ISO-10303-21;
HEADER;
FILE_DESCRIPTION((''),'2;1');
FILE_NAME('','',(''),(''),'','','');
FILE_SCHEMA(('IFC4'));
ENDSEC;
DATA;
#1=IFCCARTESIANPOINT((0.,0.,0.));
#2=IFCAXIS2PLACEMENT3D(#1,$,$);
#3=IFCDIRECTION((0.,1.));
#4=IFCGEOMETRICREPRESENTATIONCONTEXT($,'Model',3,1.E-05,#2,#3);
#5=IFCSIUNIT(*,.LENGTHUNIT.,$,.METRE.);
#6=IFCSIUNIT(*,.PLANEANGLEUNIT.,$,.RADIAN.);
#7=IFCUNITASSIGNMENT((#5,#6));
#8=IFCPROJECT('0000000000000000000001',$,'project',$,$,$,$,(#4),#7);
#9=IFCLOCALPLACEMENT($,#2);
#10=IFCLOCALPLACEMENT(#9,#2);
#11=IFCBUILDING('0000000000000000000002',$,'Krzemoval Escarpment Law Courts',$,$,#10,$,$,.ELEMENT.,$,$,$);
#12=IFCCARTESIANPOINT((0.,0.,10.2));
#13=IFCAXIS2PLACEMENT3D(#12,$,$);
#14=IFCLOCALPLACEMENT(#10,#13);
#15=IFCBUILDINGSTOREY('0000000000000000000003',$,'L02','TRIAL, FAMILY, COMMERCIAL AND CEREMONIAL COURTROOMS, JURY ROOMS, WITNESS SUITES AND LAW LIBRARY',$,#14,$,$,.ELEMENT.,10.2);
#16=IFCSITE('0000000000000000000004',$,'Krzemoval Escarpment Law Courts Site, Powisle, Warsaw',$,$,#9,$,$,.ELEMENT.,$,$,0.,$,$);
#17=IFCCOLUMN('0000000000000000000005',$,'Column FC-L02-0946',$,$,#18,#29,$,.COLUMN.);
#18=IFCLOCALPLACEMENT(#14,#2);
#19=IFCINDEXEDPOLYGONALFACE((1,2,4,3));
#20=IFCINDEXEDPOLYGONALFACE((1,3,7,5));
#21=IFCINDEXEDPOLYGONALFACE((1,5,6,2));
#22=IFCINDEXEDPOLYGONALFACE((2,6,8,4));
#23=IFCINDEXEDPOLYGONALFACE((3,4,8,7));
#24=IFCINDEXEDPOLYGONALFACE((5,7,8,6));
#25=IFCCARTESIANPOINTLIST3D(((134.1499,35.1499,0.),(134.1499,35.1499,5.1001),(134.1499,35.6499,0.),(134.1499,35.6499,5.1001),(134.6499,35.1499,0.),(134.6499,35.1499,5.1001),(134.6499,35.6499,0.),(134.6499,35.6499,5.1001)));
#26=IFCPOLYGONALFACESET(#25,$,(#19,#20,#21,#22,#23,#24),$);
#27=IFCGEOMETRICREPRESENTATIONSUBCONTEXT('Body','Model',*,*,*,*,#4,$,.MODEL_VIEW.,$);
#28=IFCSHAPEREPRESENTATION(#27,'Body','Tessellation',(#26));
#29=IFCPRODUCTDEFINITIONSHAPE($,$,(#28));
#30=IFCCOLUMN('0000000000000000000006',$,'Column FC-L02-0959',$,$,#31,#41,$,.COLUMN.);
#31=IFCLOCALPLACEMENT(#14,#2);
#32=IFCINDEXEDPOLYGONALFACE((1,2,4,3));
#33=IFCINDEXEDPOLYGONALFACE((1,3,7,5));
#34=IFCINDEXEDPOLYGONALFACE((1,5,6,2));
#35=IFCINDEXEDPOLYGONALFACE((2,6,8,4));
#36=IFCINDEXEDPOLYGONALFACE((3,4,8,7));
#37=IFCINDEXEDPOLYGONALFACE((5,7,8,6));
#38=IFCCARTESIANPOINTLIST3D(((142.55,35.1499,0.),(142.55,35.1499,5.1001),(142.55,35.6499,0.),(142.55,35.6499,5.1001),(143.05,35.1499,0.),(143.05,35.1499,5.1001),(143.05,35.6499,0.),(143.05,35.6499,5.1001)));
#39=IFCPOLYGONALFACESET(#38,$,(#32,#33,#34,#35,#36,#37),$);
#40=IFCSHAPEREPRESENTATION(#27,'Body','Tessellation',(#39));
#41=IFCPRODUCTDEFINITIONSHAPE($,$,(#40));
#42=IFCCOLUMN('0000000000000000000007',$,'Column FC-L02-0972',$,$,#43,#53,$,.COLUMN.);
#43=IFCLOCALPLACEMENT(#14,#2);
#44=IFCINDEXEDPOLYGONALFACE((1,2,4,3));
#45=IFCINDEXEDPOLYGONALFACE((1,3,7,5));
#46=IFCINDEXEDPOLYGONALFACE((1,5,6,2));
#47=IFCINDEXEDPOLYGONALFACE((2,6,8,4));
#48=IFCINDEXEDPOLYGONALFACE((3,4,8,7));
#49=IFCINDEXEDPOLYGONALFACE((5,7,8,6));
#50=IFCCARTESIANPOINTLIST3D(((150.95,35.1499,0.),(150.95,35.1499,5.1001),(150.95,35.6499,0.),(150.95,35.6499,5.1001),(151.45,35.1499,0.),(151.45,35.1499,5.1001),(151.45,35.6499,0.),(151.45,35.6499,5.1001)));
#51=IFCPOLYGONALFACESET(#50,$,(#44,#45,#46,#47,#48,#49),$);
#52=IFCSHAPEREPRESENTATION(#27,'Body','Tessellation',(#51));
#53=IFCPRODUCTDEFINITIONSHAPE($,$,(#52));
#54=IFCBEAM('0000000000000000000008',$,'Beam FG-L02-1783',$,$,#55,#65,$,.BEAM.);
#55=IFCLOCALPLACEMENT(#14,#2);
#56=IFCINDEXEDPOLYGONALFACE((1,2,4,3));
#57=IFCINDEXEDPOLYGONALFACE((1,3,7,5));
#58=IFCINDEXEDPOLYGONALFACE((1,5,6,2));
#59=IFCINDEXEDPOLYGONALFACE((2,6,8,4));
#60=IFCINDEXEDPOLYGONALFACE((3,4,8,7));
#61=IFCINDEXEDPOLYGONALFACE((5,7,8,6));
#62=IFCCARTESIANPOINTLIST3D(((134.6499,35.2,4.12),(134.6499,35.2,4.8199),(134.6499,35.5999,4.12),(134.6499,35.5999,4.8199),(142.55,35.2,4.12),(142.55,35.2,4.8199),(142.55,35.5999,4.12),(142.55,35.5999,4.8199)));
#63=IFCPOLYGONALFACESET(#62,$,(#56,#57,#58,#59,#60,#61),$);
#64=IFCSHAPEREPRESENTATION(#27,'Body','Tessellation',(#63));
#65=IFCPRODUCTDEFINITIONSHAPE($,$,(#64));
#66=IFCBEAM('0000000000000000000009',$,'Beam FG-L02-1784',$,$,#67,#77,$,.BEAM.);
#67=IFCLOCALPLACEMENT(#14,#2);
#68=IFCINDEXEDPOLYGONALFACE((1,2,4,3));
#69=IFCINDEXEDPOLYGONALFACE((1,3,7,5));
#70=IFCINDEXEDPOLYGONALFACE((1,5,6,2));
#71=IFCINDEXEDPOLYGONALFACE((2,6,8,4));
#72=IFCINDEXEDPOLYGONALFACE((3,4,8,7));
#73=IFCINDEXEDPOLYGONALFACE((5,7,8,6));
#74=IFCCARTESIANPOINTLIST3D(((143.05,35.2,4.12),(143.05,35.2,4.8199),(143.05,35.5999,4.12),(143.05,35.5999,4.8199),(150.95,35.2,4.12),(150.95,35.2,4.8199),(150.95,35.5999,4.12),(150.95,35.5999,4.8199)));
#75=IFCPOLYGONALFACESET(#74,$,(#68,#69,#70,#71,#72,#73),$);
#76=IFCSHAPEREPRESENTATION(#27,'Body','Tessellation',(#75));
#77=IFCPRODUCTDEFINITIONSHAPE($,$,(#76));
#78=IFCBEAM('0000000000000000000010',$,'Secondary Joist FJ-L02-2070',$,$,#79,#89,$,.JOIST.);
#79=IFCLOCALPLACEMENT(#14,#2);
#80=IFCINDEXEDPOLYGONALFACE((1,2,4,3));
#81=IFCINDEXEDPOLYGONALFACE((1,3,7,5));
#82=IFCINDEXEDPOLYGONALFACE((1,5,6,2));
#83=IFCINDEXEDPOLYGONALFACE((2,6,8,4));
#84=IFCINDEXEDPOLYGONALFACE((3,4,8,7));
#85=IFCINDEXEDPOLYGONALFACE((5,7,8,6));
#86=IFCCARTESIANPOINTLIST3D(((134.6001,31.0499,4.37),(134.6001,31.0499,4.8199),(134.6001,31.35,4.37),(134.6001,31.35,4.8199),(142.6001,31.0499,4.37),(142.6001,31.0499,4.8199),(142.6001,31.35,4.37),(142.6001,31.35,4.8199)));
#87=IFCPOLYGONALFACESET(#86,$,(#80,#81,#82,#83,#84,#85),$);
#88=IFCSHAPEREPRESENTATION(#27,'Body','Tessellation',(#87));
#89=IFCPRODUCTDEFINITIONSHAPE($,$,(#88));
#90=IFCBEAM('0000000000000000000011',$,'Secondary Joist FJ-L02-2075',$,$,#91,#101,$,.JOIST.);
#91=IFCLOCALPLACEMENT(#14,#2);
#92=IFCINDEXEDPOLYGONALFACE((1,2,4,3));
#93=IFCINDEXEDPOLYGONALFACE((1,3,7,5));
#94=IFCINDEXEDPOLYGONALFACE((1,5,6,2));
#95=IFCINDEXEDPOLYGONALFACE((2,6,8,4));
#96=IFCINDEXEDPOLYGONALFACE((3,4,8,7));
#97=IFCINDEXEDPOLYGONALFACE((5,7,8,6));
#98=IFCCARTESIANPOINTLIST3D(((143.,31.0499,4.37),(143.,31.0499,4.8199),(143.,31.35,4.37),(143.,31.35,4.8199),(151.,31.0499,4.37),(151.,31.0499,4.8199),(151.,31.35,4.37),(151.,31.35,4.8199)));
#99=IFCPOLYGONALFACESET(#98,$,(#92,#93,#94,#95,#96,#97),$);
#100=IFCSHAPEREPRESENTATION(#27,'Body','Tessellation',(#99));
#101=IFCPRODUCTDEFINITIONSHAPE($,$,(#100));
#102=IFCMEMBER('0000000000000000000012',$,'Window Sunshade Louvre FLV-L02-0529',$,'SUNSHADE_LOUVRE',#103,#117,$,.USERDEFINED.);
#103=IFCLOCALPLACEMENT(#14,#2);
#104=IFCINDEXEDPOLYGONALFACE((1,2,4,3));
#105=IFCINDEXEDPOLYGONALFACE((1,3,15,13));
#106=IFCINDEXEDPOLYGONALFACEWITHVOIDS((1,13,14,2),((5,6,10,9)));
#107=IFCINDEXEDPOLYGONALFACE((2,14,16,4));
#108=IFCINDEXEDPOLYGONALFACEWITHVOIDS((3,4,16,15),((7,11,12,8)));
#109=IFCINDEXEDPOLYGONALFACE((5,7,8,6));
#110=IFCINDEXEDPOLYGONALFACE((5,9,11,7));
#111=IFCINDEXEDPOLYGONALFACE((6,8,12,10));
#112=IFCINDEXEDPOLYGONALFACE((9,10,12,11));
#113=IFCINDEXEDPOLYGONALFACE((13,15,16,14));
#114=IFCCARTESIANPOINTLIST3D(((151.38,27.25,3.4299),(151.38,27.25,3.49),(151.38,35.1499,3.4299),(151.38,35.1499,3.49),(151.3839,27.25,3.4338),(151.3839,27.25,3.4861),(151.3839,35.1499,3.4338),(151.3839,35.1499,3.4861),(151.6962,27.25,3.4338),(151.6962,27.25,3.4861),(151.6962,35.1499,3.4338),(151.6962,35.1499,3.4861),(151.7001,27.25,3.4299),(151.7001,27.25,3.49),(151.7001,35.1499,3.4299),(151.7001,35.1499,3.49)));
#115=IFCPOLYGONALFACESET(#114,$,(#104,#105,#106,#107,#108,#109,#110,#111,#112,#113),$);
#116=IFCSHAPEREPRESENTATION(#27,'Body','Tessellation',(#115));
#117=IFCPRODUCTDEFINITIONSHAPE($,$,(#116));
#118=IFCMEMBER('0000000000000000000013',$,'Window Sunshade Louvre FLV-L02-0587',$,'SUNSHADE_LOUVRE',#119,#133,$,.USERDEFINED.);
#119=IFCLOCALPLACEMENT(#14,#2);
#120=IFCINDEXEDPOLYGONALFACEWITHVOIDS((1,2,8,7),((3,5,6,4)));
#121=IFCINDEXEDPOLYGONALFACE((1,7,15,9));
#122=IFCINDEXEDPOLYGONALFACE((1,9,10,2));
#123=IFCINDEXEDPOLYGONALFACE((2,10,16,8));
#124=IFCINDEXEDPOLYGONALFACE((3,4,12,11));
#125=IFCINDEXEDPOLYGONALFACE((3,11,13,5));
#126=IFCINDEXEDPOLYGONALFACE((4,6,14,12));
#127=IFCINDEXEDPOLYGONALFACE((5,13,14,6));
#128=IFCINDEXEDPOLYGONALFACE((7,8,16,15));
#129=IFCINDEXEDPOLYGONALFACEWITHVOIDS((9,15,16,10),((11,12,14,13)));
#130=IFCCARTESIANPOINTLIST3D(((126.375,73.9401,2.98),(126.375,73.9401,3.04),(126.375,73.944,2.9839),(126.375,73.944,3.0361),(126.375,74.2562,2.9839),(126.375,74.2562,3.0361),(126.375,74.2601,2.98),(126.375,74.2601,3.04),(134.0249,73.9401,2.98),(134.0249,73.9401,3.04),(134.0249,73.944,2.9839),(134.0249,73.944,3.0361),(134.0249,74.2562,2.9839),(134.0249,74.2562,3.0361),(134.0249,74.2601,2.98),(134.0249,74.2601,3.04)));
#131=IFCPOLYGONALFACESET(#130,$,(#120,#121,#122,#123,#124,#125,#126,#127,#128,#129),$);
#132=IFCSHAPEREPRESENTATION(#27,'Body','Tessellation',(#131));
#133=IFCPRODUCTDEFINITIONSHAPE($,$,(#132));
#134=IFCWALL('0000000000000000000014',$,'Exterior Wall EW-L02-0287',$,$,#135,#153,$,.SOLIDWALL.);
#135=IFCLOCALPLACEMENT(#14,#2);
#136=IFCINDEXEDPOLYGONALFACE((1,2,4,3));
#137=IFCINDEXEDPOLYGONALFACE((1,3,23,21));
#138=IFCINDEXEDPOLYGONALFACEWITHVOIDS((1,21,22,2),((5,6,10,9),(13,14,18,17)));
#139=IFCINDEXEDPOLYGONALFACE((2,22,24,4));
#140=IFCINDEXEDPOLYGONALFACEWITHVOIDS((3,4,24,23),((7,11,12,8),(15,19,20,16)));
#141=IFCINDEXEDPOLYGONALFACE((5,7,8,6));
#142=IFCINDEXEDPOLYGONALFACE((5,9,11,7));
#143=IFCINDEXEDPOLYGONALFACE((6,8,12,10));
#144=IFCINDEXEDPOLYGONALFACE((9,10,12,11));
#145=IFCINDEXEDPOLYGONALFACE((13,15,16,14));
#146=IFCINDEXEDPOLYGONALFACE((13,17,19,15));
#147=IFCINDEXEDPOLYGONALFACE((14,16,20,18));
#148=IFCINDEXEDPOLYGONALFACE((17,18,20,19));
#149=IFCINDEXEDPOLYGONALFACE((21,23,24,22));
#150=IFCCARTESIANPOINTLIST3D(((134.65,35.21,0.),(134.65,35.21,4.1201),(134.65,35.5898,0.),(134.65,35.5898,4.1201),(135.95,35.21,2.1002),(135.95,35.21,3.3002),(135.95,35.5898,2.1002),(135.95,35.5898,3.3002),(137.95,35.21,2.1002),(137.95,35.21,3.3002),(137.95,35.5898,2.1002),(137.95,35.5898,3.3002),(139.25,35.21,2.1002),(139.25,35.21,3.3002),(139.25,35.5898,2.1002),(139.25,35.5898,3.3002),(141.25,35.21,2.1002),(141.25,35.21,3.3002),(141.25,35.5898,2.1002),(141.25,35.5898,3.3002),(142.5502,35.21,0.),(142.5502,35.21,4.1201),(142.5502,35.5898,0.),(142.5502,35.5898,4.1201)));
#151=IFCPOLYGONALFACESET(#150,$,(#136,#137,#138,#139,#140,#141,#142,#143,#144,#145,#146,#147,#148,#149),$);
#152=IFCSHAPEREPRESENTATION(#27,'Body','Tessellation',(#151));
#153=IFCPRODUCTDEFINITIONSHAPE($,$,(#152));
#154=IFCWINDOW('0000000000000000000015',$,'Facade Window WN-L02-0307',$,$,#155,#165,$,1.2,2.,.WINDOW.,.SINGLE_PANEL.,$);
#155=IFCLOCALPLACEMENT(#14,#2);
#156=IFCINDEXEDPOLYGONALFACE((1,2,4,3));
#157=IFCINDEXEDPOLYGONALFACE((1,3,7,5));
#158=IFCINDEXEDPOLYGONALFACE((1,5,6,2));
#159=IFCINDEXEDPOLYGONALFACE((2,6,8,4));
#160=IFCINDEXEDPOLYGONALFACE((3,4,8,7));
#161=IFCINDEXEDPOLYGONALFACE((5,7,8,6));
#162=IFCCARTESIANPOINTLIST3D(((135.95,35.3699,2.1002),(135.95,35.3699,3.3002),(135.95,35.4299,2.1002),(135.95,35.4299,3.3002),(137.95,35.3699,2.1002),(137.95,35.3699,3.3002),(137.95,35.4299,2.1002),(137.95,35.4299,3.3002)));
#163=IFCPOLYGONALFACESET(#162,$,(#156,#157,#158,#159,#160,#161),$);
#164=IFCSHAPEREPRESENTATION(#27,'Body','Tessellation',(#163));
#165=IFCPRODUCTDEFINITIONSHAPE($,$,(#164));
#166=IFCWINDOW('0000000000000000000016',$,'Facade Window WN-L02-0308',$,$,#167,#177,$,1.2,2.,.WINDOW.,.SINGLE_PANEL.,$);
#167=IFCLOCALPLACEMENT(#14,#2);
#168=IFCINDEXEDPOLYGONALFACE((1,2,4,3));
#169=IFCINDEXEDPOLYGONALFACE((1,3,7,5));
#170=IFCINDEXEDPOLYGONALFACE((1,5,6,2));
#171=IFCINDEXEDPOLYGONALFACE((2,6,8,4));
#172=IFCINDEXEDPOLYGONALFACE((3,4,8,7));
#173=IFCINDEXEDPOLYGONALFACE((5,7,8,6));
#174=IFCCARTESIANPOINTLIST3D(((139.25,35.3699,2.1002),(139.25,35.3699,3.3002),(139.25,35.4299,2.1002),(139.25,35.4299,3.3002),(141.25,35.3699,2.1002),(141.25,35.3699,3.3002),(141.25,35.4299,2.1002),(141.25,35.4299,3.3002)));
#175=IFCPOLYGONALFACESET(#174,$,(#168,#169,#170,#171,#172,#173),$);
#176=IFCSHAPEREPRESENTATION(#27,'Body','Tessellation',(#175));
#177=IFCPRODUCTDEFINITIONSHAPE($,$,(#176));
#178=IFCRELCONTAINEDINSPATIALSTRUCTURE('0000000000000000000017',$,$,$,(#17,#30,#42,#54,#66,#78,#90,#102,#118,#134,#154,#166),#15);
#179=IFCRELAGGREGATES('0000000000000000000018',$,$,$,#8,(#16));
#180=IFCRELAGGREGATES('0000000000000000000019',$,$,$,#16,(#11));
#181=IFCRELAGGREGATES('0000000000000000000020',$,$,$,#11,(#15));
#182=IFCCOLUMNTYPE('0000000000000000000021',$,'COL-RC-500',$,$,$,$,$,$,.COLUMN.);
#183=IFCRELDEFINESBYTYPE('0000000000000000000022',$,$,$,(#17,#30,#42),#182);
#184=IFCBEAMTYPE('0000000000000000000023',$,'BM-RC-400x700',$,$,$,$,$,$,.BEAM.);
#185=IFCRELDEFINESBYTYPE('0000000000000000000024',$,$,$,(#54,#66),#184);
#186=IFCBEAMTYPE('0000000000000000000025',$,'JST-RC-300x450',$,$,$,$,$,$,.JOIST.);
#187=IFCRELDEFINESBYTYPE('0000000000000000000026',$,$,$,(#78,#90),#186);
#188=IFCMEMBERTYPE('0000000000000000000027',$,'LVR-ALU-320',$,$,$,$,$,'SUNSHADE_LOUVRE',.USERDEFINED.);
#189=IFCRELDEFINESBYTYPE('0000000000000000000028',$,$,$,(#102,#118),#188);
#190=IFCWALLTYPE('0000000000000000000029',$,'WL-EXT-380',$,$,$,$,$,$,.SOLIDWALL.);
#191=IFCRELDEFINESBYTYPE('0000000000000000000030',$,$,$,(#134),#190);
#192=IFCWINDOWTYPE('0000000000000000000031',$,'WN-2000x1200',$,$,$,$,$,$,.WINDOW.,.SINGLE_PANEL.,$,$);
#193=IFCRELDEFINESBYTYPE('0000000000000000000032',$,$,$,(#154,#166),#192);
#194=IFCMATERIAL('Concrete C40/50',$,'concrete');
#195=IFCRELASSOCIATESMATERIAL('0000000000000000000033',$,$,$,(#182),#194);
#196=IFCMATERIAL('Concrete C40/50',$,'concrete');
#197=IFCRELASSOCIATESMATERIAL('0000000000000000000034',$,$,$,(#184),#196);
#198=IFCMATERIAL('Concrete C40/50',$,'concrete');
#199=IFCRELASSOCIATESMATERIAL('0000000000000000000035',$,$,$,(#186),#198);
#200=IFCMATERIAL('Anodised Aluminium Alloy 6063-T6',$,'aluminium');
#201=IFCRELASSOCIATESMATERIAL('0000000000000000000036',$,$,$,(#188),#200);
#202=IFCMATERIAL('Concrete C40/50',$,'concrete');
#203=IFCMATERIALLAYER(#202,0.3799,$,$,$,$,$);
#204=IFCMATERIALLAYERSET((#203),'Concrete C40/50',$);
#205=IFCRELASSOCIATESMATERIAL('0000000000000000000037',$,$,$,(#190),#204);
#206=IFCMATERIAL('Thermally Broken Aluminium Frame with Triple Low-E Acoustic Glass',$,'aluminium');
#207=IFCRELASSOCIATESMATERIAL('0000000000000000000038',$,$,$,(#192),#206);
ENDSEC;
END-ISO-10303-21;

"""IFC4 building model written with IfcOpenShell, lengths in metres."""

from ifc_helpers import new_model, si_unit, direction, frame, frame_2d, origin, origin_2d, place, context, subcontext, project, spatial, rectangle, hollow_rectangle, extrude, material, layer, layer_set, material_profile, profile_set, type_object, element, fill, save


model = new_model("IFC4")

# Units and contexts
model_context = context("Model", 3, precision=1e-05, world=origin(), true_north=direction((0.0, 1.0)))
body_context = subcontext(model_context, "Body", "Model", "MODEL_VIEW")
ifc_project = project(units=[si_unit("LENGTHUNIT", "METRE"), si_unit("PLANEANGLEUNIT", "RADIAN")], contexts=[model_context])

# Site, building, storey
site_placement = place(None, origin())
site = spatial("IfcSite", under=ifc_project, at=site_placement, Name="Krzemoval Escarpment Law Courts Site, Powisle, Warsaw", CompositionType="ELEMENT", RefElevation=0.0)
building_placement = place(site_placement, origin())
building = spatial("IfcBuilding", under=site, at=building_placement, Name="Krzemoval Escarpment Law Courts", CompositionType="ELEMENT")
storey_placement = place(building_placement, frame((0.0, 0.0, 10.2)))
storey = spatial("IfcBuildingStorey", under=building, at=storey_placement, Name="L02", Description="TRIAL, FAMILY, COMMERCIAL AND CEREMONIAL COURTROOMS, JURY ROOMS, WITNESS SUITES AND LAW LIBRARY", CompositionType="ELEMENT", Elevation=10.2)

# Columns
ifc_material_1 = material(Name="Concrete C40/50", Category="concrete")
ifc_material_profile_1 = material_profile(ifc_material_1, rectangle(XDim=0.5, YDim=0.5, at=origin_2d()), Name="RC 500x500")
ifc_profile_set_1 = profile_set([ifc_material_profile_1], Name="Concrete C40/50")
column_type = type_object("IfcColumnType", Name="COL-RC-500", PredefinedType="COLUMN", material=ifc_profile_set_1)
for number, where, z_axis, x_axis, name in (
    (1, (134.3999, 35.3999, 0.0), (0.0, 0.0, 1.0), (1.0, 0.0, 0.0), "Column FC-L02-0946"),
    (2, (142.8, 35.3999, 0.0), (0.0, 0.0, 1.0), (1.0, 0.0, 0.0), "Column FC-L02-0959"),
    (3, (151.2, 35.3999, 0.0), (0.0, 0.0, 1.0), (1.0, 0.0, 0.0), "Column FC-L02-0972"),
):
    element("IfcColumn", number, at=place(storey_placement, frame(where, z_axis=z_axis, x_axis=x_axis)), inside=storey, type_object=column_type, Name=name, PredefinedType="COLUMN", context=body_context, shape_type="SweptSolid", body=[
        extrude(rectangle(XDim=0.5, YDim=0.5, at=origin_2d()), origin(), (0.0, 0.0, 1.0), 5.1001),
    ])

# Beams
ifc_material_2 = material(Name="Concrete C40/50", Category="concrete")
ifc_material_profile_2 = material_profile(ifc_material_2, rectangle(XDim=0.3999, YDim=0.7, at=origin_2d()), Name="RCB 400x700")
ifc_profile_set_2 = profile_set([ifc_material_profile_2], Name="Concrete C40/50")
beam_type_1 = type_object("IfcBeamType", Name="BM-RC-400x700", PredefinedType="BEAM", material=ifc_profile_set_2)
beam_1_placement = place(storey_placement, frame((134.6499, 35.3999, 4.47), z_axis=(1.0, 0.0, 0.0), x_axis=(0.0, 1.0, 0.0)))
element("IfcBeam", 4, at=beam_1_placement, inside=storey, type_object=beam_type_1, Name="Beam FG-L02-1783", PredefinedType="BEAM", context=body_context, shape_type="SweptSolid", body=[
    extrude(rectangle(XDim=0.3999, YDim=0.7, at=origin_2d()), origin(), (0.0, 0.0, 1.0), 7.9001),
])
beam_2_placement = place(storey_placement, frame((143.05, 35.3999, 4.47), z_axis=(1.0, 0.0, 0.0), x_axis=(0.0, 1.0, 0.0)))
element("IfcBeam", 5, at=beam_2_placement, inside=storey, type_object=beam_type_1, Name="Beam FG-L02-1784", PredefinedType="BEAM", context=body_context, shape_type="SweptSolid", body=[
    extrude(rectangle(XDim=0.3999, YDim=0.7, at=origin_2d()), origin(), (0.0, 0.0, 1.0), 7.8999),
])
ifc_material_3 = material(Name="Concrete C40/50", Category="concrete")
ifc_material_profile_3 = material_profile(ifc_material_3, rectangle(XDim=0.3, YDim=0.45, at=origin_2d()), Name="RCB 300x450")
ifc_profile_set_3 = profile_set([ifc_material_profile_3], Name="Concrete C40/50")
beam_type_2 = type_object("IfcBeamType", Name="JST-RC-300x450", PredefinedType="JOIST", material=ifc_profile_set_3)
for number, where, z_axis, x_axis, name in (
    (6, (134.6001, 31.2, 4.595), (1.0, 0.0, 0.0), (0.0, 1.0, 0.0), "Secondary Joist FJ-L02-2070"),
    (7, (143.0, 31.2, 4.595), (1.0, 0.0, 0.0), (0.0, 1.0, 0.0), "Secondary Joist FJ-L02-2075"),
):
    element("IfcBeam", number, at=place(storey_placement, frame(where, z_axis=z_axis, x_axis=x_axis)), inside=storey, type_object=beam_type_2, Name=name, PredefinedType="JOIST", context=body_context, shape_type="SweptSolid", body=[
        extrude(rectangle(XDim=0.3, YDim=0.45, at=origin_2d()), origin(), (0.0, 0.0, 1.0), 8.0),
    ])

# Members
ifc_material_4 = material(Name="Anodised Aluminium Alloy 6063-T6", Category="aluminium")
ifc_material_profile_4 = material_profile(ifc_material_4, hollow_rectangle(XDim=0.0601, YDim=0.3201, WallThickness=0.0039, at=origin_2d()), Name="ALU LVR 60x320")
ifc_profile_set_4 = profile_set([ifc_material_profile_4], Name="Anodised Aluminium Alloy 6063-T6")
member_type = type_object("IfcMemberType", Name="LVR-ALU-320", ElementType="SUNSHADE_LOUVRE", PredefinedType="USERDEFINED", material=ifc_profile_set_4)
member_1_placement = place(storey_placement, frame((151.54, 35.1499, 3.46), z_axis=(0.0, -1.0, 0.0), x_axis=(0.0, 0.0, 1.0)))
element("IfcMember", 8, at=member_1_placement, inside=storey, type_object=member_type, Name="Window Sunshade Louvre FLV-L02-0529", ObjectType="SUNSHADE_LOUVRE", PredefinedType="USERDEFINED", context=body_context, shape_type="SweptSolid", body=[
    extrude(hollow_rectangle(XDim=0.0601, YDim=0.3201, WallThickness=0.0039, at=origin_2d()), origin(), (0.0, 0.0, 1.0), 7.8999),
])
member_2_placement = place(storey_placement, frame((134.0249, 74.1001, 3.01), z_axis=(-1.0, 0.0, 0.0), x_axis=(0.0, 0.0, 1.0)))
element("IfcMember", 9, at=member_2_placement, inside=storey, type_object=member_type, Name="Window Sunshade Louvre FLV-L02-0587", ObjectType="SUNSHADE_LOUVRE", PredefinedType="USERDEFINED", context=body_context, shape_type="SweptSolid", body=[
    extrude(hollow_rectangle(XDim=0.0601, YDim=0.3201, WallThickness=0.0039, at=origin_2d()), origin(), (0.0, 0.0, 1.0), 7.6499),
])

# Wall, openings, windows
ifc_material_5 = material(Name="Concrete C40/50", Category="concrete")
ifc_layer_1 = layer(ifc_material_5, 0.3799)
ifc_layer_set_1 = layer_set([ifc_layer_1], Name="Concrete C40/50")
wall_type_1 = type_object("IfcWallType", Name="WL-EXT-380", PredefinedType="SOLIDWALL", material=ifc_layer_set_1)
wall_1_placement = place(storey_placement, frame((134.6499, 35.3999, 0.0), z_axis=(0.0, 0.0, 1.0), x_axis=(1.0, 0.0, 0.0)))
wall_1 = element("IfcWall", 10, at=wall_1_placement, inside=storey, type_object=wall_type_1, Name="Exterior Wall EW-L02-0287", PredefinedType="SOLIDWALL", context=body_context, shape_type="SweptSolid", body=[
    extrude(rectangle(XDim=7.9001, YDim=0.3799, at=frame_2d((3.9502, 0.0))), origin(), (0.0, 0.0, 1.0), 4.1201),
])
opening_1_placement = place(wall_1_placement, frame((1.3, 0.0, 2.1001)))
opening_1 = element("IfcOpeningElement", 11, at=opening_1_placement, cuts=wall_1, PredefinedType="OPENING", context=body_context, shape_type="SweptSolid", body=[
    extrude(rectangle(XDim=2.0, YDim=1.2, at=frame_2d((1.0, 0.6001))), frame((0.0, 0.2049, 0.0), z_axis=(0.0, -1.0, 0.0), x_axis=(1.0, 0.0, 0.0)), (0.0, 0.0, 1.0), 0.4099),
])
opening_2_placement = place(wall_1_placement, frame((4.6001, 0.0, 2.1001)))
opening_2 = element("IfcOpeningElement", 12, at=opening_2_placement, cuts=wall_1, PredefinedType="OPENING", context=body_context, shape_type="SweptSolid", body=[
    extrude(rectangle(XDim=2.0, YDim=1.2, at=frame_2d((1.0, 0.6001))), frame((0.0, 0.2049, 0.0), z_axis=(0.0, -1.0, 0.0), x_axis=(1.0, 0.0, 0.0)), (0.0, 0.0, 1.0), 0.4099),
])
ifc_material_6 = material(Name="Thermally Broken Aluminium Frame with Triple Low-E Acoustic Glass", Category="aluminium")
window_type = type_object("IfcWindowType", Name="WN-2000x1200", PartitioningType="SINGLE_PANEL", PredefinedType="WINDOW", material=ifc_material_6)
window_1_placement = place(opening_1_placement, origin())
window_1 = element("IfcWindow", 13, at=window_1_placement, inside=storey, type_object=window_type, Name="Facade Window WN-L02-0307", OverallHeight=1.2, OverallWidth=2.0, PartitioningType="SINGLE_PANEL", PredefinedType="WINDOW", context=body_context, shape_type="SweptSolid", body=[
    extrude(rectangle(XDim=2.0, YDim=1.2, at=frame_2d((1.0, 0.6001))), frame((0.0, 0.03, 0.0), z_axis=(0.0, -1.0, 0.0), x_axis=(1.0, 0.0, 0.0)), (0.0, 0.0, 1.0), 0.0601),
])
fill(opening_1, window_1)
window_2_placement = place(opening_2_placement, origin())
window_2 = element("IfcWindow", 14, at=window_2_placement, inside=storey, type_object=window_type, Name="Facade Window WN-L02-0308", OverallHeight=1.2, OverallWidth=2.0, PartitioningType="SINGLE_PANEL", PredefinedType="WINDOW", context=body_context, shape_type="SweptSolid", body=[
    extrude(rectangle(XDim=2.0, YDim=1.2, at=frame_2d((1.0, 0.6001))), frame((0.0, 0.03, 0.0), z_axis=(0.0, -1.0, 0.0), x_axis=(1.0, 0.0, 0.0)), (0.0, 0.0, 1.0), 0.0601),
])
fill(opening_2, window_2)

save(model, "model.ifc")
